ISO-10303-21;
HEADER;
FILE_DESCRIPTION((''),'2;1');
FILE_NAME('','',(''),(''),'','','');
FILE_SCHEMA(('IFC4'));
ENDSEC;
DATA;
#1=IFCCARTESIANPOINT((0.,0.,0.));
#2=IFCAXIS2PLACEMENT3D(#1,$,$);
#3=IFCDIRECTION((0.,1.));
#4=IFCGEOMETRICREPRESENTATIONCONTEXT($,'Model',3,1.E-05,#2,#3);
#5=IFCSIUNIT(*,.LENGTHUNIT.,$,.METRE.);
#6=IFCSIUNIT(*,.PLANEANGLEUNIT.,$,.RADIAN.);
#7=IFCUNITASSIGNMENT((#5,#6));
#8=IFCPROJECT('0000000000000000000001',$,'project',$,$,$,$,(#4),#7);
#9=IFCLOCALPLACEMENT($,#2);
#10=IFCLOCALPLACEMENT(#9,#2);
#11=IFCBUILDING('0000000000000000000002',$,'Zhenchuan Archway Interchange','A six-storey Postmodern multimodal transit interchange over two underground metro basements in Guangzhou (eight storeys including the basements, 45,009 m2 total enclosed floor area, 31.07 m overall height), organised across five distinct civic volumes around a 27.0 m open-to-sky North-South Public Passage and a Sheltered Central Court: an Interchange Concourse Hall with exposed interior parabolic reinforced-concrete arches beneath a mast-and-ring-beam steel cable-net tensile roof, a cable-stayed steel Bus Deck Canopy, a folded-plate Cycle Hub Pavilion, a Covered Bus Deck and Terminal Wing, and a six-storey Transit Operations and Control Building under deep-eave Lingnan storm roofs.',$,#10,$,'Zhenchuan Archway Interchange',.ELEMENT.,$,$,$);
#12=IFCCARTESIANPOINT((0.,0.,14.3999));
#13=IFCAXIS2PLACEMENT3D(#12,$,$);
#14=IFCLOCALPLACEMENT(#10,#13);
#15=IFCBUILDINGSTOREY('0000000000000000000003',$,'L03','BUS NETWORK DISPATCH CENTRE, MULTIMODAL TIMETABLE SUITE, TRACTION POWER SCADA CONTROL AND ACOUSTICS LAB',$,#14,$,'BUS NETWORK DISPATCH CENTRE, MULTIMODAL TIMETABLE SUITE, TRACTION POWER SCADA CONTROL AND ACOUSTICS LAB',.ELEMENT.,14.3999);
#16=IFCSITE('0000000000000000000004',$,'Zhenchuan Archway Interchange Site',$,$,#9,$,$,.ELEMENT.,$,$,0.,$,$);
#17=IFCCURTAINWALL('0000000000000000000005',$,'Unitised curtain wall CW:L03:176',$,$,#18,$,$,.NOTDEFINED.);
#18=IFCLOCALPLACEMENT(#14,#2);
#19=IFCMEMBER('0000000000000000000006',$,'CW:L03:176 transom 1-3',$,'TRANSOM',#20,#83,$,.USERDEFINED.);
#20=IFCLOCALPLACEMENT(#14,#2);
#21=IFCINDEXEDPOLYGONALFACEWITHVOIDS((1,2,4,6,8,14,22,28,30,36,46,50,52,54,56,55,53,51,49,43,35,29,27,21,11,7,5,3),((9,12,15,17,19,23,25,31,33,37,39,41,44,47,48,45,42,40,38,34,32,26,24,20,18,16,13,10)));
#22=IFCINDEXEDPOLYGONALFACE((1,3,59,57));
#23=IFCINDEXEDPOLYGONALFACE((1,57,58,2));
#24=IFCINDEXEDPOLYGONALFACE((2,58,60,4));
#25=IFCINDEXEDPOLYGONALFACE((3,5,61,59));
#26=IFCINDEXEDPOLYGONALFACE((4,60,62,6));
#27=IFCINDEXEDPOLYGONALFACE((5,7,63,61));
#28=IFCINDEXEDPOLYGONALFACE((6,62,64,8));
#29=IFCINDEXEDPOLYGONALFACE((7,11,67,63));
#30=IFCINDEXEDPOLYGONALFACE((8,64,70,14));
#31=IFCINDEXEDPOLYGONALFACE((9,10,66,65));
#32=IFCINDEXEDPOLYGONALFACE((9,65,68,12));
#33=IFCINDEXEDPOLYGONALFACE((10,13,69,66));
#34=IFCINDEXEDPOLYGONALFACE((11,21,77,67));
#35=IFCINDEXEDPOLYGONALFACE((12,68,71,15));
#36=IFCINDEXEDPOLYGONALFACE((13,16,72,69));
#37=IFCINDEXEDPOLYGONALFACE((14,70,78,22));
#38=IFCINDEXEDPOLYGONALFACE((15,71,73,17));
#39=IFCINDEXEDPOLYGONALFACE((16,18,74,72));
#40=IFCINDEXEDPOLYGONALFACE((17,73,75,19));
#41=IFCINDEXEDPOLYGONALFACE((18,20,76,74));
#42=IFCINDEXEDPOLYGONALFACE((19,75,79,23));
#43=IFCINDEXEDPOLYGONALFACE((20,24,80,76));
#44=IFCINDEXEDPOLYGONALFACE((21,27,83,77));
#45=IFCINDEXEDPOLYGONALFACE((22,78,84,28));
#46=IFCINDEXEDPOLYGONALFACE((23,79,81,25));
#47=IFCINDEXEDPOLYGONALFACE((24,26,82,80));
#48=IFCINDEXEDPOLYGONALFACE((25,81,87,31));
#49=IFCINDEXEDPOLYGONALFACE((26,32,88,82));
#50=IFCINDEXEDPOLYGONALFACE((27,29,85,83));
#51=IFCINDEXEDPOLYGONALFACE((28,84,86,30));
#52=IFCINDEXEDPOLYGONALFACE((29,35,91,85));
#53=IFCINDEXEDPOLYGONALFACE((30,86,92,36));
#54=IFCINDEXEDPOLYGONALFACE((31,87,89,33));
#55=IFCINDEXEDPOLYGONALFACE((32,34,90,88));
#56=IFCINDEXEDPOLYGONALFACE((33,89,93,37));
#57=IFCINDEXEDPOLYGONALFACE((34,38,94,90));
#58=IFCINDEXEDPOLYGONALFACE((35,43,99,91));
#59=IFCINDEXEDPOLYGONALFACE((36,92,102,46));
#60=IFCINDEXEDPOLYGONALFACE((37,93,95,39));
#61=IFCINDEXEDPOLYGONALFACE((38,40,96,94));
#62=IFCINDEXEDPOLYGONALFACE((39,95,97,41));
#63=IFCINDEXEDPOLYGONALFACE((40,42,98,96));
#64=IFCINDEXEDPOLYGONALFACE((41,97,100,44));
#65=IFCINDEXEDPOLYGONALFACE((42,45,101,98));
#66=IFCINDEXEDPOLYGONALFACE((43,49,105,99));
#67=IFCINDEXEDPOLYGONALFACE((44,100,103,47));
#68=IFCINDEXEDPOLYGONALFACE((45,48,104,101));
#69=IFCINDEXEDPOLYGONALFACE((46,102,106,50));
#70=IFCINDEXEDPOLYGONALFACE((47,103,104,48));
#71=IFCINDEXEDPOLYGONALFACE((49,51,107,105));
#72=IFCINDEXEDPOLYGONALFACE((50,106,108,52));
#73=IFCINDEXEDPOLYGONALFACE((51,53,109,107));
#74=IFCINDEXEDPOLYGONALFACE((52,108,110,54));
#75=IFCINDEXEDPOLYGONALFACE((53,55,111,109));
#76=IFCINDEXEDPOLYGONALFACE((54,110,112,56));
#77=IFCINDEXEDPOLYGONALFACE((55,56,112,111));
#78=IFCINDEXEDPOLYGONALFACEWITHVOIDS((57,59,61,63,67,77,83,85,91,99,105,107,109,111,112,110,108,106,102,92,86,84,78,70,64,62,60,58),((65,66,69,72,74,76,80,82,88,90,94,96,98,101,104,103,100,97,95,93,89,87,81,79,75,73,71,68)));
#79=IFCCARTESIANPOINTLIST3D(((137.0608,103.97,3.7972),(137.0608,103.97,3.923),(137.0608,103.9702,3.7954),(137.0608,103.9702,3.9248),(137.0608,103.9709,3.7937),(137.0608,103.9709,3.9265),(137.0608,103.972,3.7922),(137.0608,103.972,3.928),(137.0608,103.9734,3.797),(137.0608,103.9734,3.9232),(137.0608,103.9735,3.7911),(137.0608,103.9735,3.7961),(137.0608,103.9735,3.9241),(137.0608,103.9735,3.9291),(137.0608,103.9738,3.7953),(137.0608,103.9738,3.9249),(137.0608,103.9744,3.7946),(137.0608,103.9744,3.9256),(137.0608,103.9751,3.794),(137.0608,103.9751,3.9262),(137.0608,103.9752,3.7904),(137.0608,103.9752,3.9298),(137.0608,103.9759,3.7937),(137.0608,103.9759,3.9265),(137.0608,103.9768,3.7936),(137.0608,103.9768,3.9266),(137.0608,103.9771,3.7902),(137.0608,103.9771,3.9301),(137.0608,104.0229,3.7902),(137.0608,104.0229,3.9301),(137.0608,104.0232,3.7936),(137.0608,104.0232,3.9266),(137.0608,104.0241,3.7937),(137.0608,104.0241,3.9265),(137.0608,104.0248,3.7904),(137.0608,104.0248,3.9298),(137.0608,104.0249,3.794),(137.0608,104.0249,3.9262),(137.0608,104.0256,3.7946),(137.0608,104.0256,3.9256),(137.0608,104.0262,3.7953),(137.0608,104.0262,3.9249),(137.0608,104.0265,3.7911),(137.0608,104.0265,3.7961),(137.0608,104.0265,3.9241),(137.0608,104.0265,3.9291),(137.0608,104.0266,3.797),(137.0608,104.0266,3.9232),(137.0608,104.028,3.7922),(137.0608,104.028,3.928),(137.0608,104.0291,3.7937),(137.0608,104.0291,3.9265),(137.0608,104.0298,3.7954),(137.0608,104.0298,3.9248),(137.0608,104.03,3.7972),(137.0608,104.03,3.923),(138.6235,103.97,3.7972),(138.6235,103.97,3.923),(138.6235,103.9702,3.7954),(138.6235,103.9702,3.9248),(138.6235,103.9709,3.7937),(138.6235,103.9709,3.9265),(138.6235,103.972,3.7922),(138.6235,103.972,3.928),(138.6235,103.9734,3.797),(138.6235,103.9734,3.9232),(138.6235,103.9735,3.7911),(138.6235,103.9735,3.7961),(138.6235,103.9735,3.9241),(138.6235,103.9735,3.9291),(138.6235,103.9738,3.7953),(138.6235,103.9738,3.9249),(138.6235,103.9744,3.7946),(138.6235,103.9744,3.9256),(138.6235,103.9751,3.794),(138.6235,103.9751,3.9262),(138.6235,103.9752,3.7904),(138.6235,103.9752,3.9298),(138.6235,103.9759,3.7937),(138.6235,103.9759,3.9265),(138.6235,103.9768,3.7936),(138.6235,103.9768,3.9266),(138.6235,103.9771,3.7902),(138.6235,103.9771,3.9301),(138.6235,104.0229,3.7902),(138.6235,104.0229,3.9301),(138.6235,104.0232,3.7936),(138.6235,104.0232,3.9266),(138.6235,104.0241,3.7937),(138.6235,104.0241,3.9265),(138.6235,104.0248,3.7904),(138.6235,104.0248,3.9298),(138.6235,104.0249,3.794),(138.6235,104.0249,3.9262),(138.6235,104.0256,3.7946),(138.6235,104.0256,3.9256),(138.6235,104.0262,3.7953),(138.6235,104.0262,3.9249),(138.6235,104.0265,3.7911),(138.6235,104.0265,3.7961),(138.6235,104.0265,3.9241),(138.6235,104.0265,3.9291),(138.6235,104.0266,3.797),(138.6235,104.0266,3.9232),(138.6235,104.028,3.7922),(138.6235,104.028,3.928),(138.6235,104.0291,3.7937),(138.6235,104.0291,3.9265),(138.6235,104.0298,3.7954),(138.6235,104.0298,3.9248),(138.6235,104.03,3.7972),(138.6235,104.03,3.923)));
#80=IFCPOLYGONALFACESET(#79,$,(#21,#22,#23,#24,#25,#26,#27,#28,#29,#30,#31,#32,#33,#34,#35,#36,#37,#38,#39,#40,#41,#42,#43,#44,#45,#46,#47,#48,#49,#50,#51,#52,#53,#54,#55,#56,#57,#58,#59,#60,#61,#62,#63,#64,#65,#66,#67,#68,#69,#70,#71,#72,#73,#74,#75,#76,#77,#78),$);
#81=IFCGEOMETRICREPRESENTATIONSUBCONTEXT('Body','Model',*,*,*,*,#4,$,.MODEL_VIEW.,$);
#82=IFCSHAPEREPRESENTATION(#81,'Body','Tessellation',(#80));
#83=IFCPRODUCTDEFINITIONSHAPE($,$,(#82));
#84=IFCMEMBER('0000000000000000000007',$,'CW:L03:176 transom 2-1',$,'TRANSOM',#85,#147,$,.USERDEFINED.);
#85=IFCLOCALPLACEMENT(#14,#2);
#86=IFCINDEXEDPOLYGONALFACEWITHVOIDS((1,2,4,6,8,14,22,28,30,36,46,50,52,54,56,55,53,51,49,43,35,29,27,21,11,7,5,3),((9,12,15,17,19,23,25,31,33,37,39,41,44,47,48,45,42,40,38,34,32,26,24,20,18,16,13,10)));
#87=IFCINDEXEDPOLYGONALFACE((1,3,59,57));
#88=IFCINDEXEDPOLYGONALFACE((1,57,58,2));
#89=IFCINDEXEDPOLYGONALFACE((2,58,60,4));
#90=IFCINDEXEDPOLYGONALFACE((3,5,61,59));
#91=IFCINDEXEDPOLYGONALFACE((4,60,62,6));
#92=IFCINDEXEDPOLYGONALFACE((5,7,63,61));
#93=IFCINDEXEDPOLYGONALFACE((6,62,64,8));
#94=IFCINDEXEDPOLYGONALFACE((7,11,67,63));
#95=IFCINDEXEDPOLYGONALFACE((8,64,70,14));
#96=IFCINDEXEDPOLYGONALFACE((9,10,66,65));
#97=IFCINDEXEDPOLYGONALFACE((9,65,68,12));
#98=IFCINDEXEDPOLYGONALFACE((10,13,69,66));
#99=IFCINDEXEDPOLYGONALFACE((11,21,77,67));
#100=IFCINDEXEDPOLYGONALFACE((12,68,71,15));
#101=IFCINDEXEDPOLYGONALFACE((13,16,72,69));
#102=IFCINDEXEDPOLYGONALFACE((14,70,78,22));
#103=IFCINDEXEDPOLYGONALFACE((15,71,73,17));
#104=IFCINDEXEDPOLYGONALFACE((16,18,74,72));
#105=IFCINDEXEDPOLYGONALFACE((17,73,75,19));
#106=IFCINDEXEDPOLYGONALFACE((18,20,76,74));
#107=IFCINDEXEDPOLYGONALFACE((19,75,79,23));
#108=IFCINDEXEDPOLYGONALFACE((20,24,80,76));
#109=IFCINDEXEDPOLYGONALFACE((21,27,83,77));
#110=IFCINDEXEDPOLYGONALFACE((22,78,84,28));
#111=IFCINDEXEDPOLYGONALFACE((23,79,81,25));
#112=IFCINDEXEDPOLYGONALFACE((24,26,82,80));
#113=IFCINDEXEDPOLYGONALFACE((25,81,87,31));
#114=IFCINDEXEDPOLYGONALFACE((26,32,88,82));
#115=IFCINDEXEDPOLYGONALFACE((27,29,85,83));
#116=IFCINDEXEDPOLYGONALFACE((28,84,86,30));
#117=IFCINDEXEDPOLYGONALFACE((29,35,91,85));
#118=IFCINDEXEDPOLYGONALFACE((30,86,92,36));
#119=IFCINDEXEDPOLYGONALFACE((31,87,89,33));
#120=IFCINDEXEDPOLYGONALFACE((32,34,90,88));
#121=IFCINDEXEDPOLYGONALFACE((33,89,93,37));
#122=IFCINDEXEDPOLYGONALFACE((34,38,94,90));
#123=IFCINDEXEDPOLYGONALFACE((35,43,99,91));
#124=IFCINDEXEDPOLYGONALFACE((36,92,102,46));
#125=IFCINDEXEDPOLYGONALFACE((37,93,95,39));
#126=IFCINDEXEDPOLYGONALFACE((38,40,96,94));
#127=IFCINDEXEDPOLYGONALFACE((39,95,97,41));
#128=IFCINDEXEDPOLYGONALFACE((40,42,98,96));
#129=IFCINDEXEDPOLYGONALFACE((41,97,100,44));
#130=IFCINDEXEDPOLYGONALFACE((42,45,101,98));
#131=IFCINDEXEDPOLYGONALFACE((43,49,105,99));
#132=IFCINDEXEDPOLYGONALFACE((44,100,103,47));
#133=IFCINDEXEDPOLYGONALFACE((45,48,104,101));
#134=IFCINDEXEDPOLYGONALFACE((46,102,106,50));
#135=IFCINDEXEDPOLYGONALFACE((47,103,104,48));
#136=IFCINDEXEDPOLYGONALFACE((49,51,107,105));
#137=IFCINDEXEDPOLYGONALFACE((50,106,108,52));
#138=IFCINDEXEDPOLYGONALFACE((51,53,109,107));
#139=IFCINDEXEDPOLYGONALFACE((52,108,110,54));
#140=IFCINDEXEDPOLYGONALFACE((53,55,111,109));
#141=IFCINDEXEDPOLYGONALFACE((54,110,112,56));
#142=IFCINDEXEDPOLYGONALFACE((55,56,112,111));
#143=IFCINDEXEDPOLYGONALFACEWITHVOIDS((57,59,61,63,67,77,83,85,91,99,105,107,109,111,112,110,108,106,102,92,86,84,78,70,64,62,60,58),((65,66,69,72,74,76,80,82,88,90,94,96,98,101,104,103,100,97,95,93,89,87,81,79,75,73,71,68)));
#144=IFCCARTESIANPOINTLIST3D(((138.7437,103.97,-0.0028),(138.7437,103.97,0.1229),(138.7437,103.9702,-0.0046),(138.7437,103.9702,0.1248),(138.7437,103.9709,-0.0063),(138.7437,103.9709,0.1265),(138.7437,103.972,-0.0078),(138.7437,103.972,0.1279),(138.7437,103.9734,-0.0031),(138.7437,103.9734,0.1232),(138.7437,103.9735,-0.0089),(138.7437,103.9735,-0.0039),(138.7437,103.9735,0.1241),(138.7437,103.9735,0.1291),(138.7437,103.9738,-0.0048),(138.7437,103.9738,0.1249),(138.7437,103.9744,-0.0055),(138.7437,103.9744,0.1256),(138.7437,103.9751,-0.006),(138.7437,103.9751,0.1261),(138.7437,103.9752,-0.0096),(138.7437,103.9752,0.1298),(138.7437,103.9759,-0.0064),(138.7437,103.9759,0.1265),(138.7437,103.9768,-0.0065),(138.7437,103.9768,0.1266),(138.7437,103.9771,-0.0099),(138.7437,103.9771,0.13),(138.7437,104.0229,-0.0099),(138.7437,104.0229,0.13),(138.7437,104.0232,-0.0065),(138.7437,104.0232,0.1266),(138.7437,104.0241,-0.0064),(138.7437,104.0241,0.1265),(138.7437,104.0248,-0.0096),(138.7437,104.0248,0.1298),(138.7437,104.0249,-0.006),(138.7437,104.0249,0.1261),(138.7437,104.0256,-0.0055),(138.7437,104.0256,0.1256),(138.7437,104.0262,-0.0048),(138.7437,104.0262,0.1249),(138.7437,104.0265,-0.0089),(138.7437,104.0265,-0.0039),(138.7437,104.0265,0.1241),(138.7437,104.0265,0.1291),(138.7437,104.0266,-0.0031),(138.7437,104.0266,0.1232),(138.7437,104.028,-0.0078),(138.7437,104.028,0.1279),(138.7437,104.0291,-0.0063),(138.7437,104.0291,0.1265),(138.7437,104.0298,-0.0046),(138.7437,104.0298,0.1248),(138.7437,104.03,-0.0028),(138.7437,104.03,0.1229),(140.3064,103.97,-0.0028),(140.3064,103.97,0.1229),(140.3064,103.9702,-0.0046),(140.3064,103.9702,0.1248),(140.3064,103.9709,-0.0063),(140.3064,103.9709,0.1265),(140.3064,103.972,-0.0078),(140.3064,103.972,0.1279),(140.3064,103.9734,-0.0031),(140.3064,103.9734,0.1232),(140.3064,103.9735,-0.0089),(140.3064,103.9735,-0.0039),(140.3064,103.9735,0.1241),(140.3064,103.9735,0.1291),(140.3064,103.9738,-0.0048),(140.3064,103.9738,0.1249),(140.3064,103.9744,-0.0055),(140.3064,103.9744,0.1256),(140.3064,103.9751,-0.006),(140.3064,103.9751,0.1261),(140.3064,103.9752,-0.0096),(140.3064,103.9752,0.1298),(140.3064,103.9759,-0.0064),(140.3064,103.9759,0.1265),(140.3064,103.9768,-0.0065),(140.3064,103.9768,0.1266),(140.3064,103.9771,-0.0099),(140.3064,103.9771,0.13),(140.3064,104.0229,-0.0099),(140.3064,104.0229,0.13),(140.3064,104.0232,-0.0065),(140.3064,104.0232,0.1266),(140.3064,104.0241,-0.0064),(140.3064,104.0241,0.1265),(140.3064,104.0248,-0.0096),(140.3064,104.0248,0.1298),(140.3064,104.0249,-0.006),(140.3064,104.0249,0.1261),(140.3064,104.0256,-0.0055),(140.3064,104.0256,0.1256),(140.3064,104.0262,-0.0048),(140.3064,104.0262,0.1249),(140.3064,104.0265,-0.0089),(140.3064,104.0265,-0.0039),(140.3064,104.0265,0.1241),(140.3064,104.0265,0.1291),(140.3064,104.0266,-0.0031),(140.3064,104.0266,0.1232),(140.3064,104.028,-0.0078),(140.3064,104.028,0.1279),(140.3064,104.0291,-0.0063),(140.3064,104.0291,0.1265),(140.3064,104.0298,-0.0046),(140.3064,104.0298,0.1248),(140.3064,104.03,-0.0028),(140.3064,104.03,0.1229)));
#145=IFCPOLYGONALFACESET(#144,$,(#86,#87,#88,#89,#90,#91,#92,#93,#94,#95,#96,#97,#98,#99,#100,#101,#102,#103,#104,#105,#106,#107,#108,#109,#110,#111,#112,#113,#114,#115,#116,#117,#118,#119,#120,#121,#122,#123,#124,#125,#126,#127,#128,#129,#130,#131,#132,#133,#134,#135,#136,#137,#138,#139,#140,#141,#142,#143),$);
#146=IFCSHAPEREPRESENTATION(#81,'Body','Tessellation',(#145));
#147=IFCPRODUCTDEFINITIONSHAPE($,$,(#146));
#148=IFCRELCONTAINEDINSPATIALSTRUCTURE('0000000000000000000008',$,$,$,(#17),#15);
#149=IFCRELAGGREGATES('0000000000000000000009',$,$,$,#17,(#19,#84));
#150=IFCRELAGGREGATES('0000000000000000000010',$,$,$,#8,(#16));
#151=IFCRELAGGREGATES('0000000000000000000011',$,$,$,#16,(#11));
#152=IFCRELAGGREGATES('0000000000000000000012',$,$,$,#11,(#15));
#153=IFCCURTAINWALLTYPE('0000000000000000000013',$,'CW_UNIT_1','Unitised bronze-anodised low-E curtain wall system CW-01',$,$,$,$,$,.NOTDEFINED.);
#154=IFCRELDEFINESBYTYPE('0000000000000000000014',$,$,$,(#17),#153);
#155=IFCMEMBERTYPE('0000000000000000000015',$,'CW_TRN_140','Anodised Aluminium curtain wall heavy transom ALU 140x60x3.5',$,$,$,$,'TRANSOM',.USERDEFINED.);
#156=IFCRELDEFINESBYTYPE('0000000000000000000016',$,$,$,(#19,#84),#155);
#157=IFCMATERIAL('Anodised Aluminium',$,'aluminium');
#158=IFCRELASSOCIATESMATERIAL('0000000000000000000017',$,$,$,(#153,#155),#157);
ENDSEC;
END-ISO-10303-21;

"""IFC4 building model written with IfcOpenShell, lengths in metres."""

from ifc_helpers import new_model, si_unit, direction, frame, origin, origin_2d, place, context, subcontext, project, spatial, hollow_rectangle, extrude, material, material_profile, profile_set, type_object, element, aggregate, save


model = new_model("IFC4")

# Units and contexts
model_context = context("Model", 3, precision=1e-05, world=origin(), true_north=direction((0.0, 1.0)))
body_context = subcontext(model_context, "Body", "Model", "MODEL_VIEW")
ifc_project = project(units=[si_unit("LENGTHUNIT", "METRE"), si_unit("PLANEANGLEUNIT", "RADIAN")], contexts=[model_context])

# Site, building, storey
site_placement = place(None, origin())
site = spatial("IfcSite", under=ifc_project, at=site_placement, Name="Zhenchuan Archway Interchange Site", CompositionType="ELEMENT", RefElevation=0.0)
building_placement = place(site_placement, origin())
building = spatial("IfcBuilding", under=site, at=building_placement, Name="Zhenchuan Archway Interchange", Description="A six-storey Postmodern multimodal transit interchange over two underground metro basements in Guangzhou (eight storeys including the basements, 45,009 m2 total enclosed floor area, 31.07 m overall height), organised across five distinct civic volumes around a 27.0 m open-to-sky North-South Public Passage and a Sheltered Central Court: an Interchange Concourse Hall with exposed interior parabolic reinforced-concrete arches beneath a mast-and-ring-beam steel cable-net tensile roof, a cable-stayed steel Bus Deck Canopy, a folded-plate Cycle Hub Pavilion, a Covered Bus Deck and Terminal Wing, and a six-storey Transit Operations and Control Building under deep-eave Lingnan storm roofs.", LongName="Zhenchuan Archway Interchange", CompositionType="ELEMENT")
storey_placement = place(building_placement, frame((0.0, 0.0, 14.3999)))
storey = spatial("IfcBuildingStorey", under=building, at=storey_placement, Name="L03", Description="BUS NETWORK DISPATCH CENTRE, MULTIMODAL TIMETABLE SUITE, TRACTION POWER SCADA CONTROL AND ACOUSTICS LAB", LongName="BUS NETWORK DISPATCH CENTRE, MULTIMODAL TIMETABLE SUITE, TRACTION POWER SCADA CONTROL AND ACOUSTICS LAB", CompositionType="ELEMENT", Elevation=14.3999)

# Curtain wall, members
ifc_material_1 = material(Name="Anodised Aluminium", Category="aluminium")
curtain_wall_type = type_object("IfcCurtainWallType", Name="CW_UNIT_1", Description="Unitised bronze-anodised low-E curtain wall system CW-01", PredefinedType="NOTDEFINED", material=ifc_material_1)
curtain_wall_placement = place(storey_placement, origin())
curtain_wall = element("IfcCurtainWall", 1, at=curtain_wall_placement, inside=storey, type_object=curtain_wall_type, Name="Unitised curtain wall CW:L03:176", PredefinedType="NOTDEFINED")
ifc_material_profile_1 = material_profile(ifc_material_1, hollow_rectangle(XDim=0.0601, YDim=0.1399, WallThickness=0.0034, InnerFilletRadius=0.0034, OuterFilletRadius=0.0071, at=origin_2d()), Name="ALU 140x60x3.5")
ifc_profile_set_1 = profile_set([ifc_material_profile_1], Name="Anodised Aluminium")
member_type_1 = type_object("IfcMemberType", Name="CW_TRN_140", Description="Anodised Aluminium curtain wall heavy transom ALU 140x60x3.5", ElementType="TRANSOM", PredefinedType="USERDEFINED", material=ifc_profile_set_1)
member_1_placement = place(storey_placement, frame((137.0608, 104.0, 3.8601), z_axis=(1.0, 0.0, 0.0), x_axis=(0.0, 1.0, 0.0)))
member_1 = element("IfcMember", 2, at=member_1_placement, type_object=member_type_1, Name="CW:L03:176 transom 1-3", ObjectType="TRANSOM", PredefinedType="USERDEFINED", context=body_context, shape_type="SweptSolid", body=[
    extrude(hollow_rectangle(XDim=0.0601, YDim=0.1399, WallThickness=0.0034, InnerFilletRadius=0.0034, OuterFilletRadius=0.0071, at=origin_2d()), origin(), (0.0, 0.0, 1.0), 1.5627),
])
member_2_placement = place(storey_placement, frame((138.7437, 104.0, 0.0601), z_axis=(1.0, 0.0, 0.0), x_axis=(0.0, 1.0, 0.0)))
member_2 = element("IfcMember", 3, at=member_2_placement, type_object=member_type_1, Name="CW:L03:176 transom 2-1", ObjectType="TRANSOM", PredefinedType="USERDEFINED", context=body_context, shape_type="SweptSolid", body=[
    extrude(hollow_rectangle(XDim=0.0601, YDim=0.1399, WallThickness=0.0034, InnerFilletRadius=0.0034, OuterFilletRadius=0.0071, at=origin_2d()), origin(), (0.0, 0.0, 1.0), 1.5627),
])

aggregate(curtain_wall, [member_1, member_2])

save(model, "model.ifc")
